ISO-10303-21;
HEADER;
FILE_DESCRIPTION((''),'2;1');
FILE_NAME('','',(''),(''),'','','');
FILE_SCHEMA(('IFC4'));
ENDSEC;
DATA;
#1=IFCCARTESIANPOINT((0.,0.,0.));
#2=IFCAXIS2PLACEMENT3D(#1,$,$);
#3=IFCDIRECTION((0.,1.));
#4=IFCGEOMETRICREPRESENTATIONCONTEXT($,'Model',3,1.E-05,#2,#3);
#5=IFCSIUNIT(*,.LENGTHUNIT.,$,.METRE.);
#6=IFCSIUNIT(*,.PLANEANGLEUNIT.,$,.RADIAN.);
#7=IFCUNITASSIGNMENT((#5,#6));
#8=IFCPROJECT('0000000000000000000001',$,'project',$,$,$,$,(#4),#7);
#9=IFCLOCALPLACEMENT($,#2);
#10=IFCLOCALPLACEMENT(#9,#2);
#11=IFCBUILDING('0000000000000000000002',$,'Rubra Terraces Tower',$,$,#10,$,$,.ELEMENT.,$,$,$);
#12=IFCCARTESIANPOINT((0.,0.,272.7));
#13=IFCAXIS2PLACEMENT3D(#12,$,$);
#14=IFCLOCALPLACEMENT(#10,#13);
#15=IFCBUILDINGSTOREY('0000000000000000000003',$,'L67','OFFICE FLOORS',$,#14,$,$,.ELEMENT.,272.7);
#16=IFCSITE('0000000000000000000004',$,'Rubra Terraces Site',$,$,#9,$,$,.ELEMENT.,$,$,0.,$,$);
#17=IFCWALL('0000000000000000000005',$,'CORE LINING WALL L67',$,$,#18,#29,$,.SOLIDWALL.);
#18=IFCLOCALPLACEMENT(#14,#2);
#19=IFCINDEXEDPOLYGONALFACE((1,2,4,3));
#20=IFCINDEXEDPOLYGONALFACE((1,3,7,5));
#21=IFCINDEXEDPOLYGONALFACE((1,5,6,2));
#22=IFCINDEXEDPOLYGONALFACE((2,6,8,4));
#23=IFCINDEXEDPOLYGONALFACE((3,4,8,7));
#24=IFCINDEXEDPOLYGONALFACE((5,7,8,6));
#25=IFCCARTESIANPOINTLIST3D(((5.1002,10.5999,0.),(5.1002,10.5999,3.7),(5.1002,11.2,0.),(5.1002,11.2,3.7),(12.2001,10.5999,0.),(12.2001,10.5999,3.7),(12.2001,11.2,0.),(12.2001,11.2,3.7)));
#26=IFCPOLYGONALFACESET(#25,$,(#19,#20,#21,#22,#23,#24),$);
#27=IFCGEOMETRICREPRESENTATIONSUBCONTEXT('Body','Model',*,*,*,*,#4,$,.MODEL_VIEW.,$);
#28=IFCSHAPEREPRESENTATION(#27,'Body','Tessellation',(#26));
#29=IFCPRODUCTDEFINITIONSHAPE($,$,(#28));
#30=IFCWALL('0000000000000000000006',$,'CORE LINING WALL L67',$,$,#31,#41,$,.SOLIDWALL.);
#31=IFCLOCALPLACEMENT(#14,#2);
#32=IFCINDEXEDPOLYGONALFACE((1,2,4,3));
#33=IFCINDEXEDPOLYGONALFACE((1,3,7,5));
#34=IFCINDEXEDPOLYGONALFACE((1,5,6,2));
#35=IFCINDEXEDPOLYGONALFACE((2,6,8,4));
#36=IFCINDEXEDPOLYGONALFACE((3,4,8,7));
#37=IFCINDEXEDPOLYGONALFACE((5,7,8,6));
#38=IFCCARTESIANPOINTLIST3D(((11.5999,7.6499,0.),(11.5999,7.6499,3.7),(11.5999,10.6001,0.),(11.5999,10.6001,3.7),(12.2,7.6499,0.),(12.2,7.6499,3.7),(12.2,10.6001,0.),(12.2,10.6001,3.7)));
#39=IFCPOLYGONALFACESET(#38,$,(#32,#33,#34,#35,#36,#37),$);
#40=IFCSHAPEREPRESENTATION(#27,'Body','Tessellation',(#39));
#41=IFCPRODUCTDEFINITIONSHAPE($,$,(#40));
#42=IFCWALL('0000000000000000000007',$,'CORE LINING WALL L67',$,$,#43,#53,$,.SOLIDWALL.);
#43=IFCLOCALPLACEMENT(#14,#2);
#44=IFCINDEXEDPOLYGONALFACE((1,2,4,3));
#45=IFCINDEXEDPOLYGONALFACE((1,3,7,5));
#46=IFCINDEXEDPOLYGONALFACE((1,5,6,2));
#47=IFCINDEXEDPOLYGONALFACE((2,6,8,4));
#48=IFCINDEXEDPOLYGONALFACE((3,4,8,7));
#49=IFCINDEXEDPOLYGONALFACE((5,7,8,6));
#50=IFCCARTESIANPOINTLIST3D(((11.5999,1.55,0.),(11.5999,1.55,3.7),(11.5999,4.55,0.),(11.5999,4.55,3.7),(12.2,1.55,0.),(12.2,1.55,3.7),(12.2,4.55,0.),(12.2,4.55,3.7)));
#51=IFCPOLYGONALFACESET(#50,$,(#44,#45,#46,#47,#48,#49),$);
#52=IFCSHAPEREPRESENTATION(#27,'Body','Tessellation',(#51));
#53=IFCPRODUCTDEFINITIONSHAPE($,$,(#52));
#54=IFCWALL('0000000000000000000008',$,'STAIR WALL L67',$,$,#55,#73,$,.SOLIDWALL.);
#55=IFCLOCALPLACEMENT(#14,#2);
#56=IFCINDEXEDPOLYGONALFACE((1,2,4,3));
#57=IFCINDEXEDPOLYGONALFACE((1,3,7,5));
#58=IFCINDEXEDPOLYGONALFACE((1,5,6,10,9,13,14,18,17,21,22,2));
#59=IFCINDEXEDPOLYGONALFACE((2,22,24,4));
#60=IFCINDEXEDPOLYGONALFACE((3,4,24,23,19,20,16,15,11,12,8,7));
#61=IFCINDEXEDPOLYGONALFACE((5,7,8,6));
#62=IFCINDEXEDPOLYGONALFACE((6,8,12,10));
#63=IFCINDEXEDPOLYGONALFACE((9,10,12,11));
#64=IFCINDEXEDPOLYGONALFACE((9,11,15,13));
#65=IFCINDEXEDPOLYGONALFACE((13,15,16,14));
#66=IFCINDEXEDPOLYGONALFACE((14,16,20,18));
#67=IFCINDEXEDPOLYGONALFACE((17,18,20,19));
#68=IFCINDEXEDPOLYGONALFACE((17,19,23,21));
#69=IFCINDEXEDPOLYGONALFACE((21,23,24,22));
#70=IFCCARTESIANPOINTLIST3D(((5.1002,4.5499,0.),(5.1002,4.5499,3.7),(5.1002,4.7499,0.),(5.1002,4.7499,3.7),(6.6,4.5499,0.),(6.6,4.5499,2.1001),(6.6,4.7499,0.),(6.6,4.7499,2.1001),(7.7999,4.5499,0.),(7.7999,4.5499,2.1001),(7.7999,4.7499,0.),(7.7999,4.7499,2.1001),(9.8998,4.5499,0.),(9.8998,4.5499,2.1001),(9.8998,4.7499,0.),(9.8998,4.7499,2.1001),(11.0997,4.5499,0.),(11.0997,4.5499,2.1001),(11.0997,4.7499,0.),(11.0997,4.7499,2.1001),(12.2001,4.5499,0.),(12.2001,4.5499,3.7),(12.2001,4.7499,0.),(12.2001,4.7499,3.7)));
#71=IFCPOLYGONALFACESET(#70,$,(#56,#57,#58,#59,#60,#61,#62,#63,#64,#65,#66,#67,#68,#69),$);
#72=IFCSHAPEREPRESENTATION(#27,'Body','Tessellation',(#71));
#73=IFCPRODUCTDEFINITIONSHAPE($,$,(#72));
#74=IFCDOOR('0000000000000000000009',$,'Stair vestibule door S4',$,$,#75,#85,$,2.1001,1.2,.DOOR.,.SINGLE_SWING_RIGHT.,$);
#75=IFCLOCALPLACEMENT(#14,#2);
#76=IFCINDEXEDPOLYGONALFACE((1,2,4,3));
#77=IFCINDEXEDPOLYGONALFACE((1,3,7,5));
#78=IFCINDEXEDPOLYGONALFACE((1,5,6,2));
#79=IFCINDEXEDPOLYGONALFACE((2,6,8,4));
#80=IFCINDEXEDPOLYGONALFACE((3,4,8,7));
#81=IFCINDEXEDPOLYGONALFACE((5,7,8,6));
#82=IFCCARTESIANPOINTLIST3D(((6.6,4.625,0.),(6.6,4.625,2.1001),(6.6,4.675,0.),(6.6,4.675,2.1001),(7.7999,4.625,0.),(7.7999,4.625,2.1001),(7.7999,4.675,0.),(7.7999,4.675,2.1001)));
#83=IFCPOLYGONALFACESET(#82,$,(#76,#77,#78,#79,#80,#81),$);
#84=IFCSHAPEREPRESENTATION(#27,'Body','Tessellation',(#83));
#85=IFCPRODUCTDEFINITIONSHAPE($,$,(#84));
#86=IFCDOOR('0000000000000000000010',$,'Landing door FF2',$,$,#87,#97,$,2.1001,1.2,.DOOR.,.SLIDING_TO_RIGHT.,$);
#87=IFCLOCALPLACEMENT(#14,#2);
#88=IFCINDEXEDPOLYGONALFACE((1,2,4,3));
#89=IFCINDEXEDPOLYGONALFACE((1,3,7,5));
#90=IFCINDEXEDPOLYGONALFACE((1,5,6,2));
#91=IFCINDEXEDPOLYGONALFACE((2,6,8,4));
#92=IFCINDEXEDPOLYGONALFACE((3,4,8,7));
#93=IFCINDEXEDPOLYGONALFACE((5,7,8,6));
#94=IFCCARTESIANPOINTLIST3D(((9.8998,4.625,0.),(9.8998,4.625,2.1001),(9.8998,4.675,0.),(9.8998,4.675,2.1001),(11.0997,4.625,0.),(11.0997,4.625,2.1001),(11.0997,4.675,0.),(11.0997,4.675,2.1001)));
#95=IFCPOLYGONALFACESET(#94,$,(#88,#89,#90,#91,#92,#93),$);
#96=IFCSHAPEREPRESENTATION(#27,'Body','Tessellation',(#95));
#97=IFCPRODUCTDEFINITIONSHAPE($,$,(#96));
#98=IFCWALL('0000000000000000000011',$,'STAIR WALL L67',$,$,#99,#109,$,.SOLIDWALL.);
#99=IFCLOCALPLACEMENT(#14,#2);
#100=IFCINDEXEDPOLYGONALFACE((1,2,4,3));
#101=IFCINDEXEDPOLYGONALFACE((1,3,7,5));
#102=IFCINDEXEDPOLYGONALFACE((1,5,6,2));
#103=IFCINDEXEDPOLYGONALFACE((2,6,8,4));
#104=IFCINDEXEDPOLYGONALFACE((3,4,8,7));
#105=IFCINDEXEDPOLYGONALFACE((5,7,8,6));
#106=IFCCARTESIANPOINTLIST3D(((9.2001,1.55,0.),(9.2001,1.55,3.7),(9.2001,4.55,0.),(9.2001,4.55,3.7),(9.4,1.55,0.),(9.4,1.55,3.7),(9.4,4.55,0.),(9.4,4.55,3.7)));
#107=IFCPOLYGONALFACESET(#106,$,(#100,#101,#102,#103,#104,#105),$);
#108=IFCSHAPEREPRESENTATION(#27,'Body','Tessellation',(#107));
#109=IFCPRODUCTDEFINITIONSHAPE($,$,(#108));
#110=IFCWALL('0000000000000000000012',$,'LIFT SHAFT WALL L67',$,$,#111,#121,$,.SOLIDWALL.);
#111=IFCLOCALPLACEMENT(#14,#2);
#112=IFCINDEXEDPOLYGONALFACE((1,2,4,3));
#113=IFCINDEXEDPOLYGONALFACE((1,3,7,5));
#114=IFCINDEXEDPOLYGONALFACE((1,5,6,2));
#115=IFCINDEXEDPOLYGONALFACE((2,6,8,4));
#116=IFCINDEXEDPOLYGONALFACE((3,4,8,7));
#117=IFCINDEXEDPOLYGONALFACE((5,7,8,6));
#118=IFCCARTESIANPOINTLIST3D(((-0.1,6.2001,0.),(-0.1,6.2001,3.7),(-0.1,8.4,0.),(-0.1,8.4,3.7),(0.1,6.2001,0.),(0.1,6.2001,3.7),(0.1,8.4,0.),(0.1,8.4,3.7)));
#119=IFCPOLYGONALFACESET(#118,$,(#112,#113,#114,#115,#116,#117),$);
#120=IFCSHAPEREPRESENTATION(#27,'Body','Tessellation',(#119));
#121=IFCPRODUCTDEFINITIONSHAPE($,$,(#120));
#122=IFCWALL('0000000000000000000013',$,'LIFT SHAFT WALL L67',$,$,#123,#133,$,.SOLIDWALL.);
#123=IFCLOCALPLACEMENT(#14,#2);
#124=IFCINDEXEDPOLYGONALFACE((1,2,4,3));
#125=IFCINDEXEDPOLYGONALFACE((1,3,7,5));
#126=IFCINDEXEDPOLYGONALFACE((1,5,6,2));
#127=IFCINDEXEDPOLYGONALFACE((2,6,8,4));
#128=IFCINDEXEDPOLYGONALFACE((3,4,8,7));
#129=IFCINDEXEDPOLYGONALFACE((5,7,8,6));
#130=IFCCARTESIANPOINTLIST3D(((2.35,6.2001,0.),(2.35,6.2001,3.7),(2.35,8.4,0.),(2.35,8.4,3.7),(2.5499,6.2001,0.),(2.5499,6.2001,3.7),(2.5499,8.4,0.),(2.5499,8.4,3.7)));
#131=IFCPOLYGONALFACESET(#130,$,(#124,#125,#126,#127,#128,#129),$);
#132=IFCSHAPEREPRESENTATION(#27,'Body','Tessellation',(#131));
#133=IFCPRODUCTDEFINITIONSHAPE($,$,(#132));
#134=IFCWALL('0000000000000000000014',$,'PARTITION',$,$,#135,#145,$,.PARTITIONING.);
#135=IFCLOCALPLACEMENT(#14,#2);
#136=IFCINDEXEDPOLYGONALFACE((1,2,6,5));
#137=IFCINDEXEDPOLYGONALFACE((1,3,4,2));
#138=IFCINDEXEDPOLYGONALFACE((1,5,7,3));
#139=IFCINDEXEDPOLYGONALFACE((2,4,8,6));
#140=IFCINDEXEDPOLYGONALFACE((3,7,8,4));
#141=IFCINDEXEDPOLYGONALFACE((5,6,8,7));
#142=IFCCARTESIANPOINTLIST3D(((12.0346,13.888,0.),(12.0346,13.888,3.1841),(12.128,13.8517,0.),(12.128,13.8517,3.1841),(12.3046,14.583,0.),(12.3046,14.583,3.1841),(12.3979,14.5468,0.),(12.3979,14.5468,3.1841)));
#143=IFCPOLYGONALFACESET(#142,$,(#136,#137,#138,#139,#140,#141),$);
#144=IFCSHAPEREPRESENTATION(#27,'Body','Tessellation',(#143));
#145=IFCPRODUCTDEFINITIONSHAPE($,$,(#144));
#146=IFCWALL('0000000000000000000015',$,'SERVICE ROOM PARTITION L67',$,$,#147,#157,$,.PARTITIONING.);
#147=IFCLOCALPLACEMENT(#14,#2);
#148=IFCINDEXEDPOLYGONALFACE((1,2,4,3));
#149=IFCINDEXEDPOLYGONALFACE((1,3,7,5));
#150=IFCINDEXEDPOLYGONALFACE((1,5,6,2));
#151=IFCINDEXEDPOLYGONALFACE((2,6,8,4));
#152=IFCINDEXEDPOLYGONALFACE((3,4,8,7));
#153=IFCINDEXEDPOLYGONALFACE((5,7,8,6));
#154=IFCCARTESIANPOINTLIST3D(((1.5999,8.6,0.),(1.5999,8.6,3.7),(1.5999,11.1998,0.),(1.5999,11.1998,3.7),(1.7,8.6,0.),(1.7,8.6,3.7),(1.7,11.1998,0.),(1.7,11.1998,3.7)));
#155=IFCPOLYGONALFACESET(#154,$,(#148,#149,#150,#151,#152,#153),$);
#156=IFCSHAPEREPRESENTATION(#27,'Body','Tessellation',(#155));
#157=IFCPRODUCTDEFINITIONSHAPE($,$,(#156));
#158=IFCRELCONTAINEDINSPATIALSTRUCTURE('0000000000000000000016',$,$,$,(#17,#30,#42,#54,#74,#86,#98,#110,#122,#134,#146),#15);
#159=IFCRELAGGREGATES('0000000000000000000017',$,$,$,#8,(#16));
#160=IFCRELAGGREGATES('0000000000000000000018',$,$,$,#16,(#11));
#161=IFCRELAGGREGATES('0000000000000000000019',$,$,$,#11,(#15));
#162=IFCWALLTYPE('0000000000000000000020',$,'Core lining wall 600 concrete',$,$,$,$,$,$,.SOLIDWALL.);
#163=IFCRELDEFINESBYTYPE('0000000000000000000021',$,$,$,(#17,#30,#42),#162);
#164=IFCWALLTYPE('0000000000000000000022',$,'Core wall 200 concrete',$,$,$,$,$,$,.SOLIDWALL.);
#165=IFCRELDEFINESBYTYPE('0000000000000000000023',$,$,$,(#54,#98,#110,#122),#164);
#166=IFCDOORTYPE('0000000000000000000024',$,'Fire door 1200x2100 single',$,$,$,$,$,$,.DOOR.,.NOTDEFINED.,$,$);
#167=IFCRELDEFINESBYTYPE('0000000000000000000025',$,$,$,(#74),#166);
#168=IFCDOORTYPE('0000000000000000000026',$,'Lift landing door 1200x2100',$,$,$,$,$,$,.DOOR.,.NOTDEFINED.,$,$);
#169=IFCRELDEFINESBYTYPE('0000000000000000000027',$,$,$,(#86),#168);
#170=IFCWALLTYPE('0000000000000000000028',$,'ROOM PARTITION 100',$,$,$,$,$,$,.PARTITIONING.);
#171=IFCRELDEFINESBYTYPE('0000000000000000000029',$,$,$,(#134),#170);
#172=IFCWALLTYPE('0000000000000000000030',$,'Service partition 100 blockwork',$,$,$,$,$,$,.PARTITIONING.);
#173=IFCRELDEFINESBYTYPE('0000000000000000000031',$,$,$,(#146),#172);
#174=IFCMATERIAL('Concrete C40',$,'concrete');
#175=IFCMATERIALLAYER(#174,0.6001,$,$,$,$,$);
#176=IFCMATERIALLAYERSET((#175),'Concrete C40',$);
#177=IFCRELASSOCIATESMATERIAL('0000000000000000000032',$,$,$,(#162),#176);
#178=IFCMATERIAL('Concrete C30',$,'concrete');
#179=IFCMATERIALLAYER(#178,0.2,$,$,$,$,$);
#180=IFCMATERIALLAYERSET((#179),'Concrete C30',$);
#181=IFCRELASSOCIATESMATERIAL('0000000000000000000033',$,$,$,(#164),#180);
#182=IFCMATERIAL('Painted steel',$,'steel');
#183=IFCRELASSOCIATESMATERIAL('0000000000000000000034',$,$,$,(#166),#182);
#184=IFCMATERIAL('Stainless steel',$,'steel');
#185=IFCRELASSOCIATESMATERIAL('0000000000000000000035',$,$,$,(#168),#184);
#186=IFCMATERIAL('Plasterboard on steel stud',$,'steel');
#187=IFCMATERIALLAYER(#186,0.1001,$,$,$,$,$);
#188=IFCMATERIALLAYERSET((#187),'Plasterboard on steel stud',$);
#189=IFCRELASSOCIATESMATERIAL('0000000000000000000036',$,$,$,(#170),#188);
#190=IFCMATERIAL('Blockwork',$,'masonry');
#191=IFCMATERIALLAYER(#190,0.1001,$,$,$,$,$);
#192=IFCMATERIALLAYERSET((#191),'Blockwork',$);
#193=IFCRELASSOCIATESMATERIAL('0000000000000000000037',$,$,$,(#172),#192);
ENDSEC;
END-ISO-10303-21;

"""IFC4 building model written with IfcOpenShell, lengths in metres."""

from ifc_helpers import new_model, si_unit, direction, frame, frame_2d, origin, place, context, subcontext, project, spatial, rectangle, extrude, material, layer, layer_set, type_object, element, fill, save


model = new_model("IFC4")

# Units and contexts
model_context = context("Model", 3, precision=1e-05, world=origin(), true_north=direction((0.0, 1.0)))
body_context = subcontext(model_context, "Body", "Model", "MODEL_VIEW")
ifc_project = project(units=[si_unit("LENGTHUNIT", "METRE"), si_unit("PLANEANGLEUNIT", "RADIAN")], contexts=[model_context])

# Site, building, storey
site_placement = place(None, origin())
site = spatial("IfcSite", under=ifc_project, at=site_placement, Name="Rubra Terraces Site", CompositionType="ELEMENT", RefElevation=0.0)
building_placement = place(site_placement, origin())
building = spatial("IfcBuilding", under=site, at=building_placement, Name="Rubra Terraces Tower", CompositionType="ELEMENT")
storey_placement = place(building_placement, frame((0.0, 0.0, 272.7)))
storey = spatial("IfcBuildingStorey", under=building, at=storey_placement, Name="L67", Description="OFFICE FLOORS", CompositionType="ELEMENT", Elevation=272.7)

# Walls
ifc_material_1 = material(Name="Concrete C40", Category="concrete")
ifc_layer_1 = layer(ifc_material_1, 0.6001)
ifc_layer_set_1 = layer_set([ifc_layer_1], Name="Concrete C40")
wall_type_1 = type_object("IfcWallType", Name="Core lining wall 600 concrete", PredefinedType="SOLIDWALL", material=ifc_layer_set_1)
wall_1_placement = place(storey_placement, frame((12.2, 10.8999, 0.0), z_axis=(0.0, 0.0, 1.0), x_axis=(-1.0, 0.0, 0.0)))
element("IfcWall", 1, at=wall_1_placement, inside=storey, type_object=wall_type_1, Name="CORE LINING WALL L67", PredefinedType="SOLIDWALL", context=body_context, shape_type="SweptSolid", body=[
    extrude(rectangle(XDim=7.0999, YDim=0.6001, at=frame_2d((3.5498, 0.0))), origin(), (0.0, 0.0, 1.0), 3.7),
])
wall_2_placement = place(storey_placement, frame((11.8999, 10.6001, 0.0), z_axis=(0.0, 0.0, 1.0), x_axis=(0.0, -1.0, 0.0)))
element("IfcWall", 2, at=wall_2_placement, inside=storey, type_object=wall_type_1, Name="CORE LINING WALL L67", PredefinedType="SOLIDWALL", context=body_context, shape_type="SweptSolid", body=[
    extrude(rectangle(XDim=2.9502, YDim=0.6001, at=frame_2d((1.4751, 0.0))), origin(), (0.0, 0.0, 1.0), 3.7),
])
wall_3_placement = place(storey_placement, frame((11.8999, 4.55, 0.0), z_axis=(0.0, 0.0, 1.0), x_axis=(0.0, -1.0, 0.0)))
element("IfcWall", 3, at=wall_3_placement, inside=storey, type_object=wall_type_1, Name="CORE LINING WALL L67", PredefinedType="SOLIDWALL", context=body_context, shape_type="SweptSolid", body=[
    extrude(rectangle(XDim=3.0, YDim=0.6001, at=frame_2d((1.5, 0.0))), origin(), (0.0, 0.0, 1.0), 3.7),
])

# Wall, openings, doors
ifc_material_2 = material(Name="Concrete C30", Category="concrete")
ifc_layer_2 = layer(ifc_material_2, 0.2)
ifc_layer_set_2 = layer_set([ifc_layer_2], Name="Concrete C30")
wall_type_2 = type_object("IfcWallType", Name="Core wall 200 concrete", PredefinedType="SOLIDWALL", material=ifc_layer_set_2)
wall_4_placement = place(storey_placement, frame((12.2, 4.6499, 0.0), z_axis=(0.0, 0.0, 1.0), x_axis=(-1.0, 0.0, 0.0)))
wall_4 = element("IfcWall", 4, at=wall_4_placement, inside=storey, type_object=wall_type_2, Name="STAIR WALL L67", PredefinedType="SOLIDWALL", context=body_context, shape_type="SweptSolid", body=[
    extrude(rectangle(XDim=7.0999, YDim=0.2, at=frame_2d((3.5498, 0.0))), origin(), (0.0, 0.0, 1.0), 3.7),
])
opening_1_placement = place(wall_4_placement, frame((4.3999, 0.0, 0.0)))
opening_1 = element("IfcOpeningElement", 5, at=opening_1_placement, cuts=wall_4, PredefinedType="OPENING", context=body_context, shape_type="SweptSolid", body=[
    extrude(rectangle(XDim=1.2, YDim=2.1001, at=frame_2d((0.6001, 1.05))), frame((0.0, 0.1099, 0.0), z_axis=(0.0, -1.0, 0.0), x_axis=(1.0, 0.0, 0.0)), (0.0, 0.0, 1.0), 0.22),
])
opening_2_placement = place(wall_4_placement, frame((1.1001, 0.0, 0.0)))
opening_2 = element("IfcOpeningElement", 6, at=opening_2_placement, cuts=wall_4, PredefinedType="OPENING", context=body_context, shape_type="SweptSolid", body=[
    extrude(rectangle(XDim=1.2, YDim=2.1001, at=frame_2d((0.6001, 1.05))), frame((0.0, 0.1099, 0.0), z_axis=(0.0, -1.0, 0.0), x_axis=(1.0, 0.0, 0.0)), (0.0, 0.0, 1.0), 0.22),
])
ifc_material_3 = material(Name="Painted steel", Category="steel")
door_type_1 = type_object("IfcDoorType", Name="Fire door 1200x2100 single", OperationType="NOTDEFINED", PredefinedType="DOOR", material=ifc_material_3)
door_1_placement = place(opening_1_placement, origin())
door_1 = element("IfcDoor", 7, at=door_1_placement, inside=storey, type_object=door_type_1, Name="Stair vestibule door S4", OperationType="SINGLE_SWING_RIGHT", OverallHeight=2.1001, OverallWidth=1.2, PredefinedType="DOOR", context=body_context, shape_type="SweptSolid", body=[
    extrude(rectangle(XDim=1.2, YDim=2.1001, at=frame_2d((0.6001, 1.05))), frame((0.0, 0.0249, 0.0), z_axis=(0.0, -1.0, 0.0), x_axis=(1.0, 0.0, 0.0)), (0.0, 0.0, 1.0), 0.05),
])
fill(opening_1, door_1)
ifc_material_4 = material(Name="Stainless steel", Category="steel")
door_type_2 = type_object("IfcDoorType", Name="Lift landing door 1200x2100", OperationType="NOTDEFINED", PredefinedType="DOOR", material=ifc_material_4)
door_2_placement = place(opening_2_placement, origin())
door_2 = element("IfcDoor", 8, at=door_2_placement, inside=storey, type_object=door_type_2, Name="Landing door FF2", OperationType="SLIDING_TO_RIGHT", OverallHeight=2.1001, OverallWidth=1.2, PredefinedType="DOOR", context=body_context, shape_type="SweptSolid", body=[
    extrude(rectangle(XDim=1.2, YDim=2.1001, at=frame_2d((0.6001, 1.05))), frame((0.0, 0.0249, 0.0), z_axis=(0.0, -1.0, 0.0), x_axis=(1.0, 0.0, 0.0)), (0.0, 0.0, 1.0), 0.05),
])
fill(opening_2, door_2)

# Walls
wall_5_placement = place(storey_placement, frame((9.3, 4.55, 0.0), z_axis=(0.0, 0.0, 1.0), x_axis=(0.0, -1.0, 0.0)))
element("IfcWall", 9, at=wall_5_placement, inside=storey, type_object=wall_type_2, Name="STAIR WALL L67", PredefinedType="SOLIDWALL", context=body_context, shape_type="SweptSolid", body=[
    extrude(rectangle(XDim=3.0, YDim=0.2, at=frame_2d((1.5, 0.0))), origin(), (0.0, 0.0, 1.0), 3.7),
])
for number, where, z_axis, x_axis, name in (
    (10, (0.0, 6.2, 0.0), (0.0, 0.0, 1.0), (0.0, 1.0, 0.0), "LIFT SHAFT WALL L67"),
    (11, (2.45, 6.2, 0.0), (0.0, 0.0, 1.0), (0.0, 1.0, 0.0), "LIFT SHAFT WALL L67"),
):
    element("IfcWall", number, at=place(storey_placement, frame(where, z_axis=z_axis, x_axis=x_axis)), inside=storey, type_object=wall_type_2, Name=name, PredefinedType="SOLIDWALL", context=body_context, shape_type="SweptSolid", body=[
        extrude(rectangle(XDim=2.2, YDim=0.2, at=frame_2d((1.1001, 0.0))), origin(), (0.0, 0.0, 1.0), 3.7),
    ])
ifc_material_5 = material(Name="Plasterboard on steel stud", Category="steel")
ifc_layer_3 = layer(ifc_material_5, 0.1001)
ifc_layer_set_3 = layer_set([ifc_layer_3], Name="Plasterboard on steel stud")
wall_type_3 = type_object("IfcWallType", Name="ROOM PARTITION 100", PredefinedType="PARTITIONING", material=ifc_layer_set_3)
wall_6_placement = place(storey_placement, frame((12.0813, 13.8699, 0.0), z_axis=(0.0, 0.0, 1.0), x_axis=(0.362114, 0.932134, 0.0)))
element("IfcWall", 12, at=wall_6_placement, inside=storey, type_object=wall_type_3, Name="PARTITION", PredefinedType="PARTITIONING", context=body_context, shape_type="SweptSolid", body=[
    extrude(rectangle(XDim=0.7456, YDim=0.1001, at=frame_2d((0.3728, 0.0))), origin(), (0.0, 0.0, 1.0), 3.1841),
])
ifc_material_6 = material(Name="Blockwork", Category="masonry")
ifc_layer_4 = layer(ifc_material_6, 0.1001)
ifc_layer_set_4 = layer_set([ifc_layer_4], Name="Blockwork")
wall_type_4 = type_object("IfcWallType", Name="Service partition 100 blockwork", PredefinedType="PARTITIONING", material=ifc_layer_set_4)
wall_7_placement = place(storey_placement, frame((1.6499, 8.6001, 0.0), z_axis=(0.0, 0.0, 1.0), x_axis=(0.0, 1.0, 0.0)))
element("IfcWall", 13, at=wall_7_placement, inside=storey, type_object=wall_type_4, Name="SERVICE ROOM PARTITION L67", PredefinedType="PARTITIONING", context=body_context, shape_type="SweptSolid", body=[
    extrude(rectangle(XDim=2.5999, YDim=0.1001, at=frame_2d((1.2998, 0.0))), origin(), (0.0, 0.0, 1.0), 3.7),
])

save(model, "model.ifc")
